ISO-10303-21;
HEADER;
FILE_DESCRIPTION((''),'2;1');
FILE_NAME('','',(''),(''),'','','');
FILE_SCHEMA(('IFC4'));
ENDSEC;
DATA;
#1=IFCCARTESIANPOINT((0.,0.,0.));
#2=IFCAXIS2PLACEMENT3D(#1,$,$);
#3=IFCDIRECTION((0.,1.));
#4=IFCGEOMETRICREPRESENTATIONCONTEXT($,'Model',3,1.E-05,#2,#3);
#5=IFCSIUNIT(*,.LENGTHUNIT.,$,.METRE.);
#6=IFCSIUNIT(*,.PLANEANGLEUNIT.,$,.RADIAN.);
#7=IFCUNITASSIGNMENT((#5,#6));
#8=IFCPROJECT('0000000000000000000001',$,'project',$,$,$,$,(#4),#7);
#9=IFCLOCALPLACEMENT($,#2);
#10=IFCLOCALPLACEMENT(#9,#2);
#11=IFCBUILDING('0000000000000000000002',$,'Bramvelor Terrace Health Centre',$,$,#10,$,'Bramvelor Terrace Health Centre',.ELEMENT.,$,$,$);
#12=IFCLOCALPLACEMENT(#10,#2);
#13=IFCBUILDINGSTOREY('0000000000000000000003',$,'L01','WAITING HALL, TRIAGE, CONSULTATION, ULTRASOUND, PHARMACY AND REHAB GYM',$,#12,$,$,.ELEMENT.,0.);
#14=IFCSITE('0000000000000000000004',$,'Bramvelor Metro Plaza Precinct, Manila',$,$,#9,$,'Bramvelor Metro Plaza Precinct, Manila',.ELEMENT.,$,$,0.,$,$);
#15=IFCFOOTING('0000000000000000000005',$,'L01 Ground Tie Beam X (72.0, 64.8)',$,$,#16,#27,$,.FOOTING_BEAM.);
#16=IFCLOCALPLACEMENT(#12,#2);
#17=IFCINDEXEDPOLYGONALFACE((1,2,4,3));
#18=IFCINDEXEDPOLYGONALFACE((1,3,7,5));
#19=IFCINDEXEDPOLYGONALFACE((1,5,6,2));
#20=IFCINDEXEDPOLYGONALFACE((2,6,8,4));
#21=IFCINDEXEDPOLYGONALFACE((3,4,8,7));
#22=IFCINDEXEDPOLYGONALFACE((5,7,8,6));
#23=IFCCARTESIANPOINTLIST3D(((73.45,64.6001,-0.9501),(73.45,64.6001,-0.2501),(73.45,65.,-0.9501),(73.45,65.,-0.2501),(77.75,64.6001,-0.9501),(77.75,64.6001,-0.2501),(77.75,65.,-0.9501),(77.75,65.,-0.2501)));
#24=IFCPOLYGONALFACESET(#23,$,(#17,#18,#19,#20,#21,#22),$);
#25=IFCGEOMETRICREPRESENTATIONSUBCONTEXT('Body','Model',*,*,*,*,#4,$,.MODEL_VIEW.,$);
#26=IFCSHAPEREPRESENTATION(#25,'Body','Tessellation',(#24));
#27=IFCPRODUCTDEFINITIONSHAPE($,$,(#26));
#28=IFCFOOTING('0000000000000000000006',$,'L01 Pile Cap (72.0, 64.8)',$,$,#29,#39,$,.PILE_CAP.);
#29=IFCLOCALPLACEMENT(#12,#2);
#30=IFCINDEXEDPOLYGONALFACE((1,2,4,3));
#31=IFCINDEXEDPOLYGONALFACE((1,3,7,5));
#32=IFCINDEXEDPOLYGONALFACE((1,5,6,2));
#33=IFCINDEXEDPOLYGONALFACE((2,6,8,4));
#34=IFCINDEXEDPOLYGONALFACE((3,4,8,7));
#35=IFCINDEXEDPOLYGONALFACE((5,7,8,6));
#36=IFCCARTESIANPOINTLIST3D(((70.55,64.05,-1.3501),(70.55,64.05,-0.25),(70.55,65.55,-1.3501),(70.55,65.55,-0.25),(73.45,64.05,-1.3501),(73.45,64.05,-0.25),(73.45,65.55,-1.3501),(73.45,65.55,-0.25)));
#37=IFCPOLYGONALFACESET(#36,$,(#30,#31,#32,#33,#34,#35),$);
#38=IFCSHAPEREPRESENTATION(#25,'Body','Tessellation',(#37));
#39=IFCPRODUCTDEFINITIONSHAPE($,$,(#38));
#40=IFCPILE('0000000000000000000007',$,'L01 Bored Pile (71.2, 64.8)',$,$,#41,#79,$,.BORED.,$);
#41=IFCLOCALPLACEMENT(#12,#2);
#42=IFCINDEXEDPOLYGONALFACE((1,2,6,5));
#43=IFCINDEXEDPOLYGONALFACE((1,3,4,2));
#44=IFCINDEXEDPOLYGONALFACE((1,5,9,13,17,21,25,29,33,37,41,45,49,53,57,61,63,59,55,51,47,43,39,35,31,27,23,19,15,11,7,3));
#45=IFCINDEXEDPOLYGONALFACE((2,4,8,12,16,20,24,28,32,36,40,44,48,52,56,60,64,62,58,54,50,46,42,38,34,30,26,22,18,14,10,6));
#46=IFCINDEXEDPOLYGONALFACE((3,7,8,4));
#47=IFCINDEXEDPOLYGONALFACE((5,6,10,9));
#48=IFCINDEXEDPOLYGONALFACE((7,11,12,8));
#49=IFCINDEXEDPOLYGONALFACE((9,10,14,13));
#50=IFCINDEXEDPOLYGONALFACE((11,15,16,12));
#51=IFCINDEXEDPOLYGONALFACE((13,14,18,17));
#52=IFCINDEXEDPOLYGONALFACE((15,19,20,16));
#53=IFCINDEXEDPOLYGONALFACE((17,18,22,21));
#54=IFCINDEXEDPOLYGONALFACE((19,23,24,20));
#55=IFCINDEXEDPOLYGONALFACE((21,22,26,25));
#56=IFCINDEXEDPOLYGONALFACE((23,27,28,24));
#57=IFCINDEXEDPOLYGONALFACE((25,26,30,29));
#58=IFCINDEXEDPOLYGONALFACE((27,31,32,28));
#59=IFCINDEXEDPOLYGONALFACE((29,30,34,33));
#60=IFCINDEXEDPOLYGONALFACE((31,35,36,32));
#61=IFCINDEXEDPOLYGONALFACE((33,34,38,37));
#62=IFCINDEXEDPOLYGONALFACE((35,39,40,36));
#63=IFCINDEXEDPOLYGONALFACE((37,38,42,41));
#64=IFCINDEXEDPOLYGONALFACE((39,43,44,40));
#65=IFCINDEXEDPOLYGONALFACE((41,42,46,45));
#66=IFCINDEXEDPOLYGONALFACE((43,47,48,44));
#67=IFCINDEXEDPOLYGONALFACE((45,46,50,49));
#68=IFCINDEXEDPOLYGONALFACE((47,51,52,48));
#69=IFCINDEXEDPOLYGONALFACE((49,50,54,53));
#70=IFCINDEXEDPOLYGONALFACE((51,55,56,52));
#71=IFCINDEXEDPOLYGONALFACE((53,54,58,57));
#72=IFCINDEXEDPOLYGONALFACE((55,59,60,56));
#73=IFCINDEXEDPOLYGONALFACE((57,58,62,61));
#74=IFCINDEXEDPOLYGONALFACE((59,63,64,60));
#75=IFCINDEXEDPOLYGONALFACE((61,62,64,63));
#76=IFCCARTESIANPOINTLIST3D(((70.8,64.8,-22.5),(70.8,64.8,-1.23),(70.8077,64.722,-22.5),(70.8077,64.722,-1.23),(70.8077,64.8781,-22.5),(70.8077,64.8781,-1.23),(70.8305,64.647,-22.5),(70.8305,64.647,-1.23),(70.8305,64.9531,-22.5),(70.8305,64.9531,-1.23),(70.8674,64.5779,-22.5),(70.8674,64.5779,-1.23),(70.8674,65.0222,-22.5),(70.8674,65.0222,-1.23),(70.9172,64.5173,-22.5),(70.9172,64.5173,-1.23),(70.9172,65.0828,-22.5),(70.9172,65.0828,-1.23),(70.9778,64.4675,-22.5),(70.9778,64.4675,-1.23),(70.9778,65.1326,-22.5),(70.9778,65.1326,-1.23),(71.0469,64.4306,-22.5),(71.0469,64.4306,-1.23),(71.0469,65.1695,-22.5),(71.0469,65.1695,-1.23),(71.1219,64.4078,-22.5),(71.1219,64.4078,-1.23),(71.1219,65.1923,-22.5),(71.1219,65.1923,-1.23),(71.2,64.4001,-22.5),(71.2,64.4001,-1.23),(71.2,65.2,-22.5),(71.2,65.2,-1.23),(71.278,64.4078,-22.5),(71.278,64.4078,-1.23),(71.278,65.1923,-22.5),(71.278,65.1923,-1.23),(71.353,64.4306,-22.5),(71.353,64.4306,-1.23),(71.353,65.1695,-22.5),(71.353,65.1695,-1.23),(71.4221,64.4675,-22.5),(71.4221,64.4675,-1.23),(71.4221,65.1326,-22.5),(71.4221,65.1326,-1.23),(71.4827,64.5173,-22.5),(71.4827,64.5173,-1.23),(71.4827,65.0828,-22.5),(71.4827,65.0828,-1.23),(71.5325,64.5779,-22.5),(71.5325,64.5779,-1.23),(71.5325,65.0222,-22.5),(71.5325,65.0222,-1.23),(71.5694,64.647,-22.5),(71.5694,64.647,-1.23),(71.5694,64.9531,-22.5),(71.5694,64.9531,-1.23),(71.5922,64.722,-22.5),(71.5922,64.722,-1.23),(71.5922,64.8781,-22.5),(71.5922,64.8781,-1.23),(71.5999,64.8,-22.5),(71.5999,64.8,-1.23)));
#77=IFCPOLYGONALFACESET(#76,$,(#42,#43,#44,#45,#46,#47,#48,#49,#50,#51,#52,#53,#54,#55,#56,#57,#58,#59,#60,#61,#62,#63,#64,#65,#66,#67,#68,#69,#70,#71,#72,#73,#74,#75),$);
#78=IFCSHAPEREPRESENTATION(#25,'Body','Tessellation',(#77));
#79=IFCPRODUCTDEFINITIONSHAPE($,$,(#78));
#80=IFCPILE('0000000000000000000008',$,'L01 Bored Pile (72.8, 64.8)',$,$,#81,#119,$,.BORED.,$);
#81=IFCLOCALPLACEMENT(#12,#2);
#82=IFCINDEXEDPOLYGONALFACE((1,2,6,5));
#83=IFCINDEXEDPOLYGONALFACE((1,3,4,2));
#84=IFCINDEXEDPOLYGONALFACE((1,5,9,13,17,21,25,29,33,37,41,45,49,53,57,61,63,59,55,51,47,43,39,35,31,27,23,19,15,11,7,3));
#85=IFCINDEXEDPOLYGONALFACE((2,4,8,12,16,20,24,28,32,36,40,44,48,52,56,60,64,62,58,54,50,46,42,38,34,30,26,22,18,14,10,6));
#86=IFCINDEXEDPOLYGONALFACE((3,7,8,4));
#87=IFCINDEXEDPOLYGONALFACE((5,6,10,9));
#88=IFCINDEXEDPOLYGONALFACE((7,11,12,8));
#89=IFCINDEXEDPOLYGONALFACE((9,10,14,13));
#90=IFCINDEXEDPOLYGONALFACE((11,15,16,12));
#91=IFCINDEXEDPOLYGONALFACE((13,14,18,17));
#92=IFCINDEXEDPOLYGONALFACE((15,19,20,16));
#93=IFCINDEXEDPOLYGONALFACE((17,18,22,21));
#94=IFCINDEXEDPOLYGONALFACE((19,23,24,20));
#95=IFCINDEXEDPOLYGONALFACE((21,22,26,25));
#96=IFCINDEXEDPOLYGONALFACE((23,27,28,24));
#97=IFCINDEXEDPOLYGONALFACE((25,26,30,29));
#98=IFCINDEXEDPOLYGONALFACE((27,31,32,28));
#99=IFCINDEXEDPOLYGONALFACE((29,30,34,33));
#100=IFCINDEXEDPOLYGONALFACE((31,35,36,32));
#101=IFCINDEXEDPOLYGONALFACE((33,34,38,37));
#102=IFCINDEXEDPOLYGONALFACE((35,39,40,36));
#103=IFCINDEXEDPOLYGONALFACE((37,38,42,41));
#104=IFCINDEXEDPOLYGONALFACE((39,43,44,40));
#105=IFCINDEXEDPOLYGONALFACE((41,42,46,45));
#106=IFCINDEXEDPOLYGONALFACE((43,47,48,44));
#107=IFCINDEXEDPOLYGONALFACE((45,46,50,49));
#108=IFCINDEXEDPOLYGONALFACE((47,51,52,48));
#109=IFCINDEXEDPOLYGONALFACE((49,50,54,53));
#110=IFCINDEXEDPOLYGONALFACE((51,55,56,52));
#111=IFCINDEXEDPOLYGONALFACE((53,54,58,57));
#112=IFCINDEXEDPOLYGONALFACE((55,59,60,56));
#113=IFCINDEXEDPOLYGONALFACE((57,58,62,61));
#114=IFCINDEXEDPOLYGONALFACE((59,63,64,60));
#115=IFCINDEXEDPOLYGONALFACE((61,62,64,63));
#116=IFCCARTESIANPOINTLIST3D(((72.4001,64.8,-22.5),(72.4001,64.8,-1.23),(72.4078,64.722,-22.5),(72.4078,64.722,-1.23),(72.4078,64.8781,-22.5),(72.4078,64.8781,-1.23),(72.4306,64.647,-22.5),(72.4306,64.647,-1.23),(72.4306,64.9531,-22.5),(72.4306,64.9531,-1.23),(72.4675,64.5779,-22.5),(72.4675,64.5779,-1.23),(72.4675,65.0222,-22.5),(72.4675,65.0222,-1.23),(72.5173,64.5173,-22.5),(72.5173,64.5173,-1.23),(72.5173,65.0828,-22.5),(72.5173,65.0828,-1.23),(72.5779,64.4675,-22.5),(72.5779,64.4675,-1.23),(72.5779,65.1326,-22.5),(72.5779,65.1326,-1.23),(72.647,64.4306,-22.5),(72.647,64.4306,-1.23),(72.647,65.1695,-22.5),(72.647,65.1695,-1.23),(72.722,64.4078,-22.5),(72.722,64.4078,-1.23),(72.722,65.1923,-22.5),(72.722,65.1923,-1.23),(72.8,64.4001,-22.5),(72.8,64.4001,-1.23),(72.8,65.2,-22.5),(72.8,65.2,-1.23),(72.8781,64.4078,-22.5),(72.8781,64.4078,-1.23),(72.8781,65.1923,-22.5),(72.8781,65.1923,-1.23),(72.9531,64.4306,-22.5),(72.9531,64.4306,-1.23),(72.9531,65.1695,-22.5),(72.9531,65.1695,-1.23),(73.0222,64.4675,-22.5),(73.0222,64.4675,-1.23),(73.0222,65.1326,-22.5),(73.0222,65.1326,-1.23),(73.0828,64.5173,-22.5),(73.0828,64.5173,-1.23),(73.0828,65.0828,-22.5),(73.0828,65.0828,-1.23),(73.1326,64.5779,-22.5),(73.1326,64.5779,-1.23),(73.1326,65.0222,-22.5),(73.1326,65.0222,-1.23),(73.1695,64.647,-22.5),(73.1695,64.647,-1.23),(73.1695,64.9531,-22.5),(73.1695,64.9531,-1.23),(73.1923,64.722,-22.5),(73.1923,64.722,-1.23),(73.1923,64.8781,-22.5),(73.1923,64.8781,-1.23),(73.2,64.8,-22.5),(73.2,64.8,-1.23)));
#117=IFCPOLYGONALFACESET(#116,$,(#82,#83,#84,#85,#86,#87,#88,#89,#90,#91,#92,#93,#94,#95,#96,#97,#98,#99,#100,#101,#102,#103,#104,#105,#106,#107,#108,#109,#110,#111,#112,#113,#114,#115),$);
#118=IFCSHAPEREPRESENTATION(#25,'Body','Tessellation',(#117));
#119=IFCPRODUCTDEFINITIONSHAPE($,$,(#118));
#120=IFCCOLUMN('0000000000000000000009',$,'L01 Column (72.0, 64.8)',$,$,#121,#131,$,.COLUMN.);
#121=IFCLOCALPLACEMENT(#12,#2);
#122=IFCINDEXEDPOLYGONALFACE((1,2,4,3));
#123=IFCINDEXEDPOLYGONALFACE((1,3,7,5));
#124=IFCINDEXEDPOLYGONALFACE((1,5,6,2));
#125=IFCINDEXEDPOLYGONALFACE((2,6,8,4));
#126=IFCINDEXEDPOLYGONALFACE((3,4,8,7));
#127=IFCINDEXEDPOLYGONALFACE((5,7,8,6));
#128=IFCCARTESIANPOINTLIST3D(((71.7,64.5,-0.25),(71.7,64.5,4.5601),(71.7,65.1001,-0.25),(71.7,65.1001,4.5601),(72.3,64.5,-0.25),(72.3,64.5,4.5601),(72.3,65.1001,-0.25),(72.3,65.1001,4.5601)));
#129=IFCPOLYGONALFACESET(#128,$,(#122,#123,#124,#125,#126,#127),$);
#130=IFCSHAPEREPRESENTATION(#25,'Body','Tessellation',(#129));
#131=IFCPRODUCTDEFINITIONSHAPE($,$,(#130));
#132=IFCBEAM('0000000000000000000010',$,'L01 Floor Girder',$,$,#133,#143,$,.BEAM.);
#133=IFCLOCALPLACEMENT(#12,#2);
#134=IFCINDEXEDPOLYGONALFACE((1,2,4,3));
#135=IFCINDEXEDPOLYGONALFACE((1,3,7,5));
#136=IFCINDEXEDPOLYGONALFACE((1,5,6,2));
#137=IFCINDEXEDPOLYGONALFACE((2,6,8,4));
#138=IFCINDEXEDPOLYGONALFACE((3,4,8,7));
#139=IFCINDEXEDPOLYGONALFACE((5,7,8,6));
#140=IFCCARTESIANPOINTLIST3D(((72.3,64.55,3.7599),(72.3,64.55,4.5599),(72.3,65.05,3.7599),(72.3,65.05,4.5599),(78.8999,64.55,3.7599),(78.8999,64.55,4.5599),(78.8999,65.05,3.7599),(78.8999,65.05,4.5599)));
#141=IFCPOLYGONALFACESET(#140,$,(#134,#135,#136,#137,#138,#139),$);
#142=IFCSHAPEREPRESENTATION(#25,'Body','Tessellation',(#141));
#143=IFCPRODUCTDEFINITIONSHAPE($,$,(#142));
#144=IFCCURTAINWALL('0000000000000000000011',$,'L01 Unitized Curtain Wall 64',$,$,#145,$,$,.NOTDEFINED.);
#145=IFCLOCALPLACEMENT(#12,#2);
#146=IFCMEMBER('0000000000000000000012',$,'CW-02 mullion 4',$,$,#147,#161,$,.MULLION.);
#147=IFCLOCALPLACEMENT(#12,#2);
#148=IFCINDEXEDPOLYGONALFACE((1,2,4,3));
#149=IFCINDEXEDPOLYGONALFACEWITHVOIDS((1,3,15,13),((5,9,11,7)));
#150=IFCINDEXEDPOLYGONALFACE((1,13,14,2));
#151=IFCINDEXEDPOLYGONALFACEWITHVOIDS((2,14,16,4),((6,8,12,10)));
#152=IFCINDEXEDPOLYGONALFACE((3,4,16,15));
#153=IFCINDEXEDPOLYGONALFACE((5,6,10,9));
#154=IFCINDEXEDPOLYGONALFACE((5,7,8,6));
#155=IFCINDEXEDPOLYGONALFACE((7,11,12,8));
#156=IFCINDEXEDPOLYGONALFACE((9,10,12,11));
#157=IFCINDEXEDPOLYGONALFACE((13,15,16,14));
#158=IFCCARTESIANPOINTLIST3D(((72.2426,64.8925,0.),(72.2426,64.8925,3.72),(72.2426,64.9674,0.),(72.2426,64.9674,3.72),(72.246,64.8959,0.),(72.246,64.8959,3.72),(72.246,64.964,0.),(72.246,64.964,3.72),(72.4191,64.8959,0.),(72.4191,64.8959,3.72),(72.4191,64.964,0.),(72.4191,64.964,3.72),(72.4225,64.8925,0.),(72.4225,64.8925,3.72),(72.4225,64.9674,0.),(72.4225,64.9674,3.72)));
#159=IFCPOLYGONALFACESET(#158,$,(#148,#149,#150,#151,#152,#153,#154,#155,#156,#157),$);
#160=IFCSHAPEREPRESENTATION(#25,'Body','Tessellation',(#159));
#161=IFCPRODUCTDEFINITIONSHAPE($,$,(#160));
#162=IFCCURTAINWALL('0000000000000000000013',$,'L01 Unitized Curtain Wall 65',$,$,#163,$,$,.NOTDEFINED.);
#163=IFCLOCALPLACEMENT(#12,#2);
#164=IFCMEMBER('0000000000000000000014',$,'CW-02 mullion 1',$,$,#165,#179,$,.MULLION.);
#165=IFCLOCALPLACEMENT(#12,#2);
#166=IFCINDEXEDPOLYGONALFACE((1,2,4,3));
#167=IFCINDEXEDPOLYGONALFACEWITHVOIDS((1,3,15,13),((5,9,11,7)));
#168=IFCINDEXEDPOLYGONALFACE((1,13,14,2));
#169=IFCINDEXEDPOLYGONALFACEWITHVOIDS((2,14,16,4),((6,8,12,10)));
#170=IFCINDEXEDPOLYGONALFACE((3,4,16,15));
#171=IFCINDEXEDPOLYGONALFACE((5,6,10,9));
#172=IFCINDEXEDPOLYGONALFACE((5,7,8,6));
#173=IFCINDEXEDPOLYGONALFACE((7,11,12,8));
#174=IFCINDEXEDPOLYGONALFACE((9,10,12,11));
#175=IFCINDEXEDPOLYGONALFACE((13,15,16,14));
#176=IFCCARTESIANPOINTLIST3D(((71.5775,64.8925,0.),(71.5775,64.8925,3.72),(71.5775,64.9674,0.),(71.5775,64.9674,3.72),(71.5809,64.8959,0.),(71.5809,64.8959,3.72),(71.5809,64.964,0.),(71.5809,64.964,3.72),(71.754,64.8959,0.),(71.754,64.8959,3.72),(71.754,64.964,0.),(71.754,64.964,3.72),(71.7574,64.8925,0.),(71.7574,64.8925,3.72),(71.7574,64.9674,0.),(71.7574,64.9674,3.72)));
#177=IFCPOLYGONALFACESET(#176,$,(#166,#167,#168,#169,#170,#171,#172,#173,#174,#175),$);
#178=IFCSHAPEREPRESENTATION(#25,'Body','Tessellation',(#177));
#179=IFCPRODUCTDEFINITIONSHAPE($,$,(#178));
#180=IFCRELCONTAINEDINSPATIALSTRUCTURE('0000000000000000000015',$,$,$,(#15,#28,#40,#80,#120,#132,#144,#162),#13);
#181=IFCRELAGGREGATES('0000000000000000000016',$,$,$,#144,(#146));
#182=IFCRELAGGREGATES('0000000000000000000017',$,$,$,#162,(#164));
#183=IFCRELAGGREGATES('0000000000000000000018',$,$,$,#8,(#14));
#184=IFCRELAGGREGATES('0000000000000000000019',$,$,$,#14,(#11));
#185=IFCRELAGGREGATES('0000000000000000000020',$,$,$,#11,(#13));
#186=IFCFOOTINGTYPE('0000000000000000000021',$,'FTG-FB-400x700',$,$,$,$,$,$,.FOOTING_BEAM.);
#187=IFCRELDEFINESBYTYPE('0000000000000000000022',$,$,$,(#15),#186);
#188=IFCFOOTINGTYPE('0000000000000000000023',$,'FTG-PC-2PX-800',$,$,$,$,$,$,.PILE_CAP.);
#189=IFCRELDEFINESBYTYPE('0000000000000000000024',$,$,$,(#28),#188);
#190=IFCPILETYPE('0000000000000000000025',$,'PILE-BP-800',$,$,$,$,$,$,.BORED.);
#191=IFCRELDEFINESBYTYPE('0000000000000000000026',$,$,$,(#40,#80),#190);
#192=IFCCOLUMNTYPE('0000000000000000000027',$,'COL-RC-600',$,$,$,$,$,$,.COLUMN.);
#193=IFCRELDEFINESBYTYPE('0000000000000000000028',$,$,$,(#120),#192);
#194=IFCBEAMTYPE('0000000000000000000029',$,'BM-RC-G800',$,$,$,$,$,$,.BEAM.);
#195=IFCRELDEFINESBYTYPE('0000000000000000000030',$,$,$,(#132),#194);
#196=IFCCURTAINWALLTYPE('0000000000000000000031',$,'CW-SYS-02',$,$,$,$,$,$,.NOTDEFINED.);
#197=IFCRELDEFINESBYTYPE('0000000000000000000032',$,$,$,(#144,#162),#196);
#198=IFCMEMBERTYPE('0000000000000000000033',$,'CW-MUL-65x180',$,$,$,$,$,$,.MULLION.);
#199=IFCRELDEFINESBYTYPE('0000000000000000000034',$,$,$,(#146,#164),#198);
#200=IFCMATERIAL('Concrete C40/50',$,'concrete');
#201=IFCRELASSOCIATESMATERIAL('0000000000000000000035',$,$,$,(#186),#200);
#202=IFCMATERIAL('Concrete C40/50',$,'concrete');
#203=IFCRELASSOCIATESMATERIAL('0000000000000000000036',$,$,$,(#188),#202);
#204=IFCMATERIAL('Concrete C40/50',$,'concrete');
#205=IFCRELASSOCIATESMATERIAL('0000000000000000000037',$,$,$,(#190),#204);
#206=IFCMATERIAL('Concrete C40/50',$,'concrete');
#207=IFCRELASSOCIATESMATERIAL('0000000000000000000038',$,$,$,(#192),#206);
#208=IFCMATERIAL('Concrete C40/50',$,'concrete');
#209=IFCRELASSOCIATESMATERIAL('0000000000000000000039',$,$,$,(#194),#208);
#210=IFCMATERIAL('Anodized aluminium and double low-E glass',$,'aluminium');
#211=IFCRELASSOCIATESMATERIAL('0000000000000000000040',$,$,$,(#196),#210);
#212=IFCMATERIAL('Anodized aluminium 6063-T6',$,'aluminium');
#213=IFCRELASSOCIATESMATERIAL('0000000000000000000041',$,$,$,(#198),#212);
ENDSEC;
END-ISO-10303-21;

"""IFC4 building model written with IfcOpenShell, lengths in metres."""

from ifc_helpers import new_model, si_unit, direction, frame, origin, origin_2d, place, context, subcontext, project, spatial, rectangle, hollow_rectangle, circle, extrude, material, material_profile, profile_set, type_object, element, aggregate, save


model = new_model("IFC4")

# Units and contexts
model_context = context("Model", 3, precision=1e-05, world=origin(), true_north=direction((0.0, 1.0)))
body_context = subcontext(model_context, "Body", "Model", "MODEL_VIEW")
ifc_project = project(units=[si_unit("LENGTHUNIT", "METRE"), si_unit("PLANEANGLEUNIT", "RADIAN")], contexts=[model_context])

# Site, building, storey
site_placement = place(None, origin())
site = spatial("IfcSite", under=ifc_project, at=site_placement, Name="Bramvelor Metro Plaza Precinct, Manila", LongName="Bramvelor Metro Plaza Precinct, Manila", CompositionType="ELEMENT", RefElevation=0.0)
building_placement = place(site_placement, origin())
building = spatial("IfcBuilding", under=site, at=building_placement, Name="Bramvelor Terrace Health Centre", LongName="Bramvelor Terrace Health Centre", CompositionType="ELEMENT")
storey_placement = place(building_placement, origin())
storey = spatial("IfcBuildingStorey", under=building, at=storey_placement, Name="L01", Description="WAITING HALL, TRIAGE, CONSULTATION, ULTRASOUND, PHARMACY AND REHAB GYM", CompositionType="ELEMENT", Elevation=0.0)

# Footings
ifc_material_1 = material(Name="Concrete C40/50", Category="concrete")
ifc_material_profile_1 = material_profile(ifc_material_1, rectangle(XDim=0.3999, YDim=0.7, at=origin_2d()), Name="RC 400x700")
ifc_profile_set_1 = profile_set([ifc_material_profile_1], Name="Concrete C40/50")
footing_type_1 = type_object("IfcFootingType", Name="FTG-FB-400x700", PredefinedType="FOOTING_BEAM", material=ifc_profile_set_1)
footing_1_placement = place(storey_placement, frame((73.45, 64.8, -0.6001), z_axis=(1.0, 0.0, 0.0), x_axis=(0.0, 1.0, 0.0)))
element("IfcFooting", 1, at=footing_1_placement, inside=storey, type_object=footing_type_1, Name="L01 Ground Tie Beam X (72.0, 64.8)", PredefinedType="FOOTING_BEAM", context=body_context, shape_type="SweptSolid", body=[
    extrude(rectangle(XDim=0.3999, YDim=0.7, at=origin_2d()), origin(), (0.0, 0.0, 1.0), 4.3),
])
ifc_material_2 = material(Name="Concrete C40/50", Category="concrete")
footing_type_2 = type_object("IfcFootingType", Name="FTG-PC-2PX-800", PredefinedType="PILE_CAP", material=ifc_material_2)
footing_2_placement = place(storey_placement, frame((72.0, 64.8, -1.3501), z_axis=(0.0, 0.0, 1.0), x_axis=(1.0, 0.0, 0.0)))
element("IfcFooting", 2, at=footing_2_placement, inside=storey, type_object=footing_type_2, Name="L01 Pile Cap (72.0, 64.8)", PredefinedType="PILE_CAP", context=body_context, shape_type="SweptSolid", body=[
    extrude(rectangle(XDim=2.8999, YDim=1.5, at=origin_2d()), origin(), (0.0, 0.0, 1.0), 1.1001),
])

# Piles
ifc_material_3 = material(Name="Concrete C40/50", Category="concrete")
ifc_material_profile_2 = material_profile(ifc_material_3, circle(Radius=0.3999, at=origin_2d()), Name="BP D800")
ifc_profile_set_2 = profile_set([ifc_material_profile_2], Name="Concrete C40/50")
pile_type = type_object("IfcPileType", Name="PILE-BP-800", PredefinedType="BORED", material=ifc_profile_set_2)
for number, where, z_axis, x_axis, name in (
    (3, (71.2, 64.8, -1.23), (0.0, 0.0, -1.0), (1.0, 0.0, 0.0), "L01 Bored Pile (71.2, 64.8)"),
    (4, (72.8, 64.8, -1.23), (0.0, 0.0, -1.0), (1.0, 0.0, 0.0), "L01 Bored Pile (72.8, 64.8)"),
):
    element("IfcPile", number, at=place(storey_placement, frame(where, z_axis=z_axis, x_axis=x_axis)), inside=storey, type_object=pile_type, Name=name, PredefinedType="BORED", context=body_context, shape_type="SweptSolid", body=[
        extrude(circle(Radius=0.3999, at=origin_2d()), origin(), (0.0, 0.0, 1.0), 21.27),
    ])

# Column
ifc_material_4 = material(Name="Concrete C40/50", Category="concrete")
ifc_material_profile_3 = material_profile(ifc_material_4, rectangle(XDim=0.6001, YDim=0.6001, at=origin_2d()), Name="RC 600x600")
ifc_profile_set_3 = profile_set([ifc_material_profile_3], Name="Concrete C40/50")
column_type = type_object("IfcColumnType", Name="COL-RC-600", PredefinedType="COLUMN", material=ifc_profile_set_3)
column_placement = place(storey_placement, frame((72.0, 64.8, -0.25), z_axis=(0.0, 0.0, 1.0), x_axis=(1.0, 0.0, 0.0)))
element("IfcColumn", 5, at=column_placement, inside=storey, type_object=column_type, Name="L01 Column (72.0, 64.8)", PredefinedType="COLUMN", context=body_context, shape_type="SweptSolid", body=[
    extrude(rectangle(XDim=0.6001, YDim=0.6001, at=origin_2d()), origin(), (0.0, 0.0, 1.0), 4.8101),
])

# Beam
ifc_material_5 = material(Name="Concrete C40/50", Category="concrete")
ifc_material_profile_4 = material_profile(ifc_material_5, rectangle(XDim=0.5, YDim=0.8, at=origin_2d()), Name="RC 500x800")
ifc_profile_set_4 = profile_set([ifc_material_profile_4], Name="Concrete C40/50")
beam_type = type_object("IfcBeamType", Name="BM-RC-G800", PredefinedType="BEAM", material=ifc_profile_set_4)
beam_placement = place(storey_placement, frame((72.3, 64.8, 4.1599), z_axis=(1.0, 0.0, 0.0), x_axis=(0.0, 1.0, 0.0)))
element("IfcBeam", 6, at=beam_placement, inside=storey, type_object=beam_type, Name="L01 Floor Girder", PredefinedType="BEAM", context=body_context, shape_type="SweptSolid", body=[
    extrude(rectangle(XDim=0.5, YDim=0.8, at=origin_2d()), origin(), (0.0, 0.0, 1.0), 6.5999),
])

# Curtain wall, member
ifc_material_6 = material(Name="Anodized aluminium and double low-E glass", Category="aluminium")
curtain_wall_type = type_object("IfcCurtainWallType", Name="CW-SYS-02", PredefinedType="NOTDEFINED", material=ifc_material_6)
curtain_wall_1_placement = place(storey_placement, origin())
curtain_wall_1 = element("IfcCurtainWall", 7, at=curtain_wall_1_placement, inside=storey, type_object=curtain_wall_type, Name="L01 Unitized Curtain Wall 64", PredefinedType="NOTDEFINED")
ifc_material_7 = material(Name="Anodized aluminium 6063-T6", Category="aluminium")
ifc_material_profile_5 = material_profile(ifc_material_7, hollow_rectangle(XDim=0.075, YDim=0.1799, WallThickness=0.0034, at=origin_2d()), Name="ALU-MUL 75x180x3.5")
ifc_profile_set_5 = profile_set([ifc_material_profile_5], Name="Anodized aluminium 6063-T6")
member_type_1 = type_object("IfcMemberType", Name="CW-MUL-65x180", PredefinedType="MULLION", material=ifc_profile_set_5)
member_1_placement = place(storey_placement, frame((72.3325, 64.9299, 0.0), z_axis=(0.0, 0.0, 1.0), x_axis=(0.0, -1.0, 0.0)))
member_1 = element("IfcMember", 8, at=member_1_placement, type_object=member_type_1, Name="CW-02 mullion 4", PredefinedType="MULLION", context=body_context, shape_type="SweptSolid", body=[
    extrude(hollow_rectangle(XDim=0.075, YDim=0.1799, WallThickness=0.0034, at=origin_2d()), origin(), (0.0, 0.0, 1.0), 3.72),
])

# Curtain wall, member
curtain_wall_2_placement = place(storey_placement, origin())
curtain_wall_2 = element("IfcCurtainWall", 9, at=curtain_wall_2_placement, inside=storey, type_object=curtain_wall_type, Name="L01 Unitized Curtain Wall 65", PredefinedType="NOTDEFINED")
member_2_placement = place(storey_placement, frame((71.6675, 64.9299, 0.0), z_axis=(0.0, 0.0, 1.0), x_axis=(0.0, -1.0, 0.0)))
member_2 = element("IfcMember", 10, at=member_2_placement, type_object=member_type_1, Name="CW-02 mullion 1", PredefinedType="MULLION", context=body_context, shape_type="SweptSolid", body=[
    extrude(hollow_rectangle(XDim=0.075, YDim=0.1799, WallThickness=0.0034, at=origin_2d()), origin(), (0.0, 0.0, 1.0), 3.72),
])

aggregate(curtain_wall_1, [member_1])
aggregate(curtain_wall_2, [member_2])

save(model, "model.ifc")
